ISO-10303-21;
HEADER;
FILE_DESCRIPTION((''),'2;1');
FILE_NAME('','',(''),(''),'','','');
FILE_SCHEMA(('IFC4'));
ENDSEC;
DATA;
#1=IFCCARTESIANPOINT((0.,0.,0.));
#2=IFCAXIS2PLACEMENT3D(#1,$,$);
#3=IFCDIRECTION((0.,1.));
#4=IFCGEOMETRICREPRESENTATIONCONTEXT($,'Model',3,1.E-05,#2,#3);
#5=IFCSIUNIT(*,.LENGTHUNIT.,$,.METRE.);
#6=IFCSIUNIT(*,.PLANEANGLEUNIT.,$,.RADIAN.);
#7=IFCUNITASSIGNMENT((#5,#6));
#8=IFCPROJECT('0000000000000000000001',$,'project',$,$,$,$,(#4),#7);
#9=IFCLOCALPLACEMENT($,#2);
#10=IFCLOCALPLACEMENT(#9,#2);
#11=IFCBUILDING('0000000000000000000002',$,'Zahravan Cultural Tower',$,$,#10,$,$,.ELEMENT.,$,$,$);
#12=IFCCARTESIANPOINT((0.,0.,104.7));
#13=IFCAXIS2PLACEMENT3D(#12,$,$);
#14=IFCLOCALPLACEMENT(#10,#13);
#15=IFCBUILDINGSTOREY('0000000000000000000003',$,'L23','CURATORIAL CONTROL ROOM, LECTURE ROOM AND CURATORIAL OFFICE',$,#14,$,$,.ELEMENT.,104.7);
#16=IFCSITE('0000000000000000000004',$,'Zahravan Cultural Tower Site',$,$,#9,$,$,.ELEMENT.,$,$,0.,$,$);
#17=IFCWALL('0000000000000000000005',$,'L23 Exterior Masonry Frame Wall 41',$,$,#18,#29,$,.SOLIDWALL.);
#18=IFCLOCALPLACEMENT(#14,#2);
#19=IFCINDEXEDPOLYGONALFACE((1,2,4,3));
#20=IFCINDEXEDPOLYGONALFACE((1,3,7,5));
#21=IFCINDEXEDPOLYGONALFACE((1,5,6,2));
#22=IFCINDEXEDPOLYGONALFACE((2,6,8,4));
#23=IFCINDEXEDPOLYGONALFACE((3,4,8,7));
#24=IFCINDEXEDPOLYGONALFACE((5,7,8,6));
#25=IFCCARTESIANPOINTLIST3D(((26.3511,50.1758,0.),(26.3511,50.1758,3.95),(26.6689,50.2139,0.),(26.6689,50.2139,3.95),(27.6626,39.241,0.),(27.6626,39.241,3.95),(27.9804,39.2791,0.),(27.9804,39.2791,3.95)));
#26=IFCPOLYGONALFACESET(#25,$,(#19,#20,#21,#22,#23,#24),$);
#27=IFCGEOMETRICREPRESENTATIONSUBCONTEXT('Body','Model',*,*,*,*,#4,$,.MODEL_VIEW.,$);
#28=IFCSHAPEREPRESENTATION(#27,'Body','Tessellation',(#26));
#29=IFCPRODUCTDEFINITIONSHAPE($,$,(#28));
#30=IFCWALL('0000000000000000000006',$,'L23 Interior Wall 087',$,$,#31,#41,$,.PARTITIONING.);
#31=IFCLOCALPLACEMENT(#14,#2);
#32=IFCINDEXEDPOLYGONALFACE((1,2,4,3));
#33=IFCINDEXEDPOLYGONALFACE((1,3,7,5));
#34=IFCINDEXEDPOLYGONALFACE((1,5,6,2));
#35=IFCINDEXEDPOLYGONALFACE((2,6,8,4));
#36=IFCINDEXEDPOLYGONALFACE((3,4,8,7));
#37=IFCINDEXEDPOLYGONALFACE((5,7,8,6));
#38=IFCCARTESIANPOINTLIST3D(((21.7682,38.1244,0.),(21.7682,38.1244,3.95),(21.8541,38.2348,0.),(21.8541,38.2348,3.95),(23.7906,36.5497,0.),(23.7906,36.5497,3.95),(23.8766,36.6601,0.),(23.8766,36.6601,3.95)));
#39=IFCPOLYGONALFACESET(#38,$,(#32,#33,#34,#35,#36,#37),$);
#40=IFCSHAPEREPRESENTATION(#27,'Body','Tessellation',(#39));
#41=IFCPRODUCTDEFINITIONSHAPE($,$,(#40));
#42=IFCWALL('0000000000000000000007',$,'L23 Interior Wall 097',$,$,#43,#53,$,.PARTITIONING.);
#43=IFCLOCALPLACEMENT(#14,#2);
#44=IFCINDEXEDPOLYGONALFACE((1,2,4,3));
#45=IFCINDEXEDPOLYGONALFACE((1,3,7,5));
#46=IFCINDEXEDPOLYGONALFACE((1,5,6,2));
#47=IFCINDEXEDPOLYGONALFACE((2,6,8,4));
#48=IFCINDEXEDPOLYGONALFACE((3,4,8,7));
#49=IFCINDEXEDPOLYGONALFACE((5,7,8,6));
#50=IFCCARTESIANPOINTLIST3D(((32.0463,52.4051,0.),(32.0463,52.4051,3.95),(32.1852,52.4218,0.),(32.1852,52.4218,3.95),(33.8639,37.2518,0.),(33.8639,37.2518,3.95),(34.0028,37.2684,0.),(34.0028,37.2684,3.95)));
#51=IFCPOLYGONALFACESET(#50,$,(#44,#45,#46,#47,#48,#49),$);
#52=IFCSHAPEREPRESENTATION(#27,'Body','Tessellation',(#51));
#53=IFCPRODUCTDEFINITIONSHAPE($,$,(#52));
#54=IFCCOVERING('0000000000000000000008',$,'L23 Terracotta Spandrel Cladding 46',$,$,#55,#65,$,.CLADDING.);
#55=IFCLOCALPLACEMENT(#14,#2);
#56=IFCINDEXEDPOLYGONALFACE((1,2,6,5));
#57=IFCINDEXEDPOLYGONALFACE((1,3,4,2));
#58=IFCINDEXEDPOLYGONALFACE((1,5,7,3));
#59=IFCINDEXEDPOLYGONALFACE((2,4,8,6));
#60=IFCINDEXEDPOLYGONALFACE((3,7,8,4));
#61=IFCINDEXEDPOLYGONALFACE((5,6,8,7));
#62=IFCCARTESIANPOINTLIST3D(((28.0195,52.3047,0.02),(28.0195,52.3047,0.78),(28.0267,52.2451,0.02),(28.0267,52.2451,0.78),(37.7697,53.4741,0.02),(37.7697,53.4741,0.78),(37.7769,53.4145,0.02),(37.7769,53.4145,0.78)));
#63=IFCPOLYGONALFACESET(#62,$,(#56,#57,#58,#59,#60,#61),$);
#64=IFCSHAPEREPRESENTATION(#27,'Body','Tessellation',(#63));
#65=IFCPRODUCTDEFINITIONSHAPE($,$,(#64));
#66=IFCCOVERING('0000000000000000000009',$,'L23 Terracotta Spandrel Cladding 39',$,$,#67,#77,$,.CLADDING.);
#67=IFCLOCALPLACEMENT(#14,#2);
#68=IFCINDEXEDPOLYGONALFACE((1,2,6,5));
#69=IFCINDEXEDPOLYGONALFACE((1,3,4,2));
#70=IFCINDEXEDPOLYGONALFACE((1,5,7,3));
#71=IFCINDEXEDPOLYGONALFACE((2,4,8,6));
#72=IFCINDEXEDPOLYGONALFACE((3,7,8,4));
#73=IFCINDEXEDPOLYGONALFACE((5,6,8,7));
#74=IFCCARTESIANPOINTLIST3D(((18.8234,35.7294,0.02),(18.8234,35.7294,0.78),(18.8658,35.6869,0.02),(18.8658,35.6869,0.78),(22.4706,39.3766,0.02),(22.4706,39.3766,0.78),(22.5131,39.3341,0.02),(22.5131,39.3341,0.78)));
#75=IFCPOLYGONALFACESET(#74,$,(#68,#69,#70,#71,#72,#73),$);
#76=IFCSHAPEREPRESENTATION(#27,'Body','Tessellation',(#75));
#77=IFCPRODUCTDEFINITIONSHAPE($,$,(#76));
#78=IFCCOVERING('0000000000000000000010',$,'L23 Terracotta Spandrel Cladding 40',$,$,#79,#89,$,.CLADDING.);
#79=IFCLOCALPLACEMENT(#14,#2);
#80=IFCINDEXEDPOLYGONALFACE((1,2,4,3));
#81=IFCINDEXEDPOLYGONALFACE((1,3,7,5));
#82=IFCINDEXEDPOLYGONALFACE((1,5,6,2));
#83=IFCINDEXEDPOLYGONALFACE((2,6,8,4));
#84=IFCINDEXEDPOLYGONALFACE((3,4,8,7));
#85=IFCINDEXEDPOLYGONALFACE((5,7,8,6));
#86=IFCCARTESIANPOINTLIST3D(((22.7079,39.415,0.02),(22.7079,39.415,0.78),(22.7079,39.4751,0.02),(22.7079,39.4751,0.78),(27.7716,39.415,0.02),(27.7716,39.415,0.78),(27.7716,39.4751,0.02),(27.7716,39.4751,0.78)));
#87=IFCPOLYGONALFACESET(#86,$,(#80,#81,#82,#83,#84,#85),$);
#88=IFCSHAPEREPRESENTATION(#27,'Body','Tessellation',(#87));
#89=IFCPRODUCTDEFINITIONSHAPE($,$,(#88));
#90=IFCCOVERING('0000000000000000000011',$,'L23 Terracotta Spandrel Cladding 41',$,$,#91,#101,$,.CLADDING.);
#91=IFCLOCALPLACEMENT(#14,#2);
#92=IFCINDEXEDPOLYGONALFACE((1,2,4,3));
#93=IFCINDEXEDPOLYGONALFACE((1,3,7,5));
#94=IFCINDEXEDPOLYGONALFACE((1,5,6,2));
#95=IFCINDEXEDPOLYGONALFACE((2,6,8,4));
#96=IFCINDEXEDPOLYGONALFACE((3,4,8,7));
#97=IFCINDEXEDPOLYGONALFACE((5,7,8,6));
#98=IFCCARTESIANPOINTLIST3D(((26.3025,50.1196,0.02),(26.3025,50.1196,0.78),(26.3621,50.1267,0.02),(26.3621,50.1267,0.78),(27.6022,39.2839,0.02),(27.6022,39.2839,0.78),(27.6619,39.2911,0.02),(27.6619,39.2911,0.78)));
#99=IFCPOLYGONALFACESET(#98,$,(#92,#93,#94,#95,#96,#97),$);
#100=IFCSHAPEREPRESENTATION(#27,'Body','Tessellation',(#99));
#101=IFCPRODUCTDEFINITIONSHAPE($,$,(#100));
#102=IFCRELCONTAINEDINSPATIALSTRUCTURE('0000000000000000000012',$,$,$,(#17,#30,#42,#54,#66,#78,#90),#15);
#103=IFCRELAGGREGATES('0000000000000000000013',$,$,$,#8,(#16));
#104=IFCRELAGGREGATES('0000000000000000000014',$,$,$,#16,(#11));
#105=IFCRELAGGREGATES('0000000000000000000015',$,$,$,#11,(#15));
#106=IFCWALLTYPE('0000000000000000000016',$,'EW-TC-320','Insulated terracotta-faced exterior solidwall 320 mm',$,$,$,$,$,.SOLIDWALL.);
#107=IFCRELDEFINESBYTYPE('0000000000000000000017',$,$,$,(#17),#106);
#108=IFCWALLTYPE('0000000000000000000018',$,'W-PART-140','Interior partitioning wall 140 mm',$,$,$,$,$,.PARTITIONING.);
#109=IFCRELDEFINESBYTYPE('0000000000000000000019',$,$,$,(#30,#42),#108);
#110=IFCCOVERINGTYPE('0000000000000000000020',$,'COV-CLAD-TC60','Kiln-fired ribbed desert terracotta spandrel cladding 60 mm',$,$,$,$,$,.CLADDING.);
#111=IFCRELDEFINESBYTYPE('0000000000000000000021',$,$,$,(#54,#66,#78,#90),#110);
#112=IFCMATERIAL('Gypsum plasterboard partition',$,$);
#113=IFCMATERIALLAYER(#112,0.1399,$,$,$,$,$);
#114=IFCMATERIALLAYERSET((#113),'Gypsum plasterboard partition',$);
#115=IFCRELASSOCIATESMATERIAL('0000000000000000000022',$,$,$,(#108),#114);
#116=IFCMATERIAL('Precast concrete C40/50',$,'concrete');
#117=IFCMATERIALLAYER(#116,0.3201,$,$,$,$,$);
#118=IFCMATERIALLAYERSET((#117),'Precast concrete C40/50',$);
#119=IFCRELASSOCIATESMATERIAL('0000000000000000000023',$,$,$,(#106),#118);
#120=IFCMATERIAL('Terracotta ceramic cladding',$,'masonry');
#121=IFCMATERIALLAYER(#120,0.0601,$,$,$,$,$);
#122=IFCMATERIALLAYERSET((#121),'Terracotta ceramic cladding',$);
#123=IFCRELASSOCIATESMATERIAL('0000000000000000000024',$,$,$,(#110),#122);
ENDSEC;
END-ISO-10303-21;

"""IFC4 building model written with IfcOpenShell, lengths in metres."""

from ifc_helpers import new_model, si_unit, direction, frame, frame_2d, origin, origin_2d, place, context, subcontext, project, spatial, rectangle, extrude, source, transform, mapped, material, layer, layer_set, type_object, element, save


model = new_model("IFC4")

# Units and contexts
model_context = context("Model", 3, precision=1e-05, world=origin(), true_north=direction((0.0, 1.0)))
body_context = subcontext(model_context, "Body", "Model", "MODEL_VIEW")
ifc_project = project(units=[si_unit("LENGTHUNIT", "METRE"), si_unit("PLANEANGLEUNIT", "RADIAN")], contexts=[model_context])

# Site, building, storey
site_placement = place(None, origin())
site = spatial("IfcSite", under=ifc_project, at=site_placement, Name="Zahravan Cultural Tower Site", CompositionType="ELEMENT", RefElevation=0.0)
building_placement = place(site_placement, origin())
building = spatial("IfcBuilding", under=site, at=building_placement, Name="Zahravan Cultural Tower", CompositionType="ELEMENT")
storey_placement = place(building_placement, frame((0.0, 0.0, 104.7)))
storey = spatial("IfcBuildingStorey", under=building, at=storey_placement, Name="L23", Description="CURATORIAL CONTROL ROOM, LECTURE ROOM AND CURATORIAL OFFICE", CompositionType="ELEMENT", Elevation=104.7)

# Shared definitions
ifc_material_1 = material(Name="Gypsum plasterboard partition")
ifc_layer_1 = layer(ifc_material_1, 0.1399)
ifc_layer_set_1 = layer_set([ifc_layer_1], Name="Gypsum plasterboard partition")
wall_type_1 = type_object("IfcWallType", Name="W-PART-140", Description="Interior partitioning wall 140 mm", PredefinedType="PARTITIONING", material=ifc_layer_set_1)

# Walls
ifc_material_2 = material(Name="Precast concrete C40/50", Category="concrete")
ifc_layer_2 = layer(ifc_material_2, 0.3201)
ifc_layer_set_2 = layer_set([ifc_layer_2], Name="Precast concrete C40/50")
wall_type_2 = type_object("IfcWallType", Name="EW-TC-320", Description="Insulated terracotta-faced exterior solidwall 320 mm", PredefinedType="SOLIDWALL", material=ifc_layer_set_2)
shared_shape_1 = source(origin(), body_context, "Body", "SweptSolid", [
    extrude(rectangle(XDim=11.0132, YDim=0.3201, at=frame_2d((5.5066, 0.0))), origin(), (0.0, 0.0, 1.0), 3.95),
])
wall_1_placement = place(storey_placement, frame((27.8215, 39.26, 0.0), z_axis=(0.0, 0.0, 1.0), x_axis=(-0.119087, 0.992884, 0.0)))
element("IfcWall", 1, at=wall_1_placement, inside=storey, type_object=wall_type_2, Name="L23 Exterior Masonry Frame Wall 41", PredefinedType="SOLIDWALL", context=body_context, shape_type="MappedRepresentation", body=[
    mapped(shared_shape_1, transform((0.0, 0.0, 0.0), x_axis=(1.0, 0.0, 0.0), y_axis=(0.0, 1.0, 0.0), z_axis=(0.0, 0.0, 1.0), scale=1.0)),
])
shared_shape_2 = source(origin(), body_context, "Body", "SweptSolid", [
    extrude(rectangle(XDim=2.5632, YDim=0.1399, at=frame_2d((1.2817, 0.0))), origin(), (0.0, 0.0, 1.0), 3.95),
])
wall_2_placement = place(storey_placement, frame((21.811, 38.1797, 0.0), z_axis=(0.0, 0.0, 1.0), x_axis=(0.789034, -0.614349, 0.0)))
element("IfcWall", 2, at=wall_2_placement, inside=storey, type_object=wall_type_1, Name="L23 Interior Wall 087", PredefinedType="PARTITIONING", context=body_context, shape_type="MappedRepresentation", body=[
    mapped(shared_shape_2, transform((0.0, 0.0, 0.0), x_axis=(1.0, 0.0, 0.0), y_axis=(0.0, 1.0, 0.0), z_axis=(0.0, 0.0, 1.0), scale=1.0)),
])
shared_shape_3 = source(origin(), body_context, "Body", "SweptSolid", [
    extrude(rectangle(XDim=15.262, YDim=0.1399, at=frame_2d((7.6309, 0.0))), origin(), (0.0, 0.0, 1.0), 3.95),
])
wall_3_placement = place(storey_placement, frame((32.1157, 52.4133, 0.0), z_axis=(0.0, 0.0, 1.0), x_axis=(0.119095, -0.992883, 0.0)))
element("IfcWall", 3, at=wall_3_placement, inside=storey, type_object=wall_type_1, Name="L23 Interior Wall 097", PredefinedType="PARTITIONING", context=body_context, shape_type="MappedRepresentation", body=[
    mapped(shared_shape_3, transform((0.0, 0.0, 0.0), x_axis=(1.0, 0.0, 0.0), y_axis=(0.0, 1.0, 0.0), z_axis=(0.0, 0.0, 1.0), scale=1.0)),
])

# Coverings
ifc_material_3 = material(Name="Terracotta ceramic cladding", Category="masonry")
ifc_layer_3 = layer(ifc_material_3, 0.0601)
ifc_layer_set_3 = layer_set([ifc_layer_3], Name="Terracotta ceramic cladding")
covering_type = type_object("IfcCoveringType", Name="COV-CLAD-TC60", Description="Kiln-fired ribbed desert terracotta spandrel cladding 60 mm", PredefinedType="CLADDING", material=ifc_layer_set_3)
shared_shape_4 = source(origin(), body_context, "Body", "SweptSolid", [
    extrude(rectangle(XDim=9.8201, YDim=0.0601, at=origin_2d()), origin(), (0.0, 0.0, 1.0), 0.76),
])
covering_1_placement = place(storey_placement, frame((32.8982, 52.8596, 0.02), z_axis=(0.0, 0.0, 1.0), x_axis=(0.992885, 0.11908, 0.0)))
element("IfcCovering", 4, at=covering_1_placement, inside=storey, type_object=covering_type, Name="L23 Terracotta Spandrel Cladding 46", PredefinedType="CLADDING", context=body_context, shape_type="MappedRepresentation", body=[
    mapped(shared_shape_4, transform((0.0, 0.0, 0.0), x_axis=(1.0, 0.0, 0.0), y_axis=(0.0, 1.0, 0.0), z_axis=(0.0, 0.0, 1.0), scale=1.0)),
])
shared_shape_5 = source(origin(), body_context, "Body", "SweptSolid", [
    extrude(rectangle(XDim=5.158, YDim=0.0601, at=origin_2d()), origin(), (0.0, 0.0, 1.0), 0.76),
])
covering_2_placement = place(storey_placement, frame((20.6682, 37.5317, 0.02), z_axis=(0.0, 0.0, 1.0), x_axis=(0.707107, 0.707107, 0.0)))
element("IfcCovering", 5, at=covering_2_placement, inside=storey, type_object=covering_type, Name="L23 Terracotta Spandrel Cladding 39", PredefinedType="CLADDING", context=body_context, shape_type="MappedRepresentation", body=[
    mapped(shared_shape_5, transform((0.0, 0.0, 0.0), x_axis=(1.0, 0.0, 0.0), y_axis=(0.0, 1.0, 0.0), z_axis=(0.0, 0.0, 1.0), scale=1.0)),
])
shared_shape_6 = source(origin(), body_context, "Body", "SweptSolid", [
    extrude(rectangle(XDim=5.0637, YDim=0.0601, at=origin_2d()), origin(), (0.0, 0.0, 1.0), 0.76),
])
covering_3_placement = place(storey_placement, frame((25.2397, 39.4451, 0.02), z_axis=(0.0, 0.0, 1.0), x_axis=(1.0, 0.0, 0.0)))
element("IfcCovering", 6, at=covering_3_placement, inside=storey, type_object=covering_type, Name="L23 Terracotta Spandrel Cladding 40", PredefinedType="CLADDING", context=body_context, shape_type="MappedRepresentation", body=[
    mapped(shared_shape_6, transform((0.0, 0.0, 0.0), x_axis=(1.0, 0.0, 0.0), y_axis=(0.0, 1.0, 0.0), z_axis=(0.0, 0.0, 1.0), scale=1.0)),
])
shared_shape_7 = source(origin(), body_context, "Body", "SweptSolid", [
    extrude(rectangle(XDim=10.9133, YDim=0.0601, at=origin_2d()), origin(), (0.0, 0.0, 1.0), 0.76),
])
covering_4_placement = place(storey_placement, frame((26.9822, 44.7053, 0.02), z_axis=(0.0, 0.0, 1.0), x_axis=(-0.119097, 0.992883, 0.0)))
element("IfcCovering", 7, at=covering_4_placement, inside=storey, type_object=covering_type, Name="L23 Terracotta Spandrel Cladding 41", PredefinedType="CLADDING", context=body_context, shape_type="MappedRepresentation", body=[
    mapped(shared_shape_7, transform((0.0, 0.0, 0.0), x_axis=(1.0, 0.0, 0.0), y_axis=(0.0, 1.0, 0.0), z_axis=(0.0, 0.0, 1.0), scale=1.0)),
])

save(model, "model.ifc")
